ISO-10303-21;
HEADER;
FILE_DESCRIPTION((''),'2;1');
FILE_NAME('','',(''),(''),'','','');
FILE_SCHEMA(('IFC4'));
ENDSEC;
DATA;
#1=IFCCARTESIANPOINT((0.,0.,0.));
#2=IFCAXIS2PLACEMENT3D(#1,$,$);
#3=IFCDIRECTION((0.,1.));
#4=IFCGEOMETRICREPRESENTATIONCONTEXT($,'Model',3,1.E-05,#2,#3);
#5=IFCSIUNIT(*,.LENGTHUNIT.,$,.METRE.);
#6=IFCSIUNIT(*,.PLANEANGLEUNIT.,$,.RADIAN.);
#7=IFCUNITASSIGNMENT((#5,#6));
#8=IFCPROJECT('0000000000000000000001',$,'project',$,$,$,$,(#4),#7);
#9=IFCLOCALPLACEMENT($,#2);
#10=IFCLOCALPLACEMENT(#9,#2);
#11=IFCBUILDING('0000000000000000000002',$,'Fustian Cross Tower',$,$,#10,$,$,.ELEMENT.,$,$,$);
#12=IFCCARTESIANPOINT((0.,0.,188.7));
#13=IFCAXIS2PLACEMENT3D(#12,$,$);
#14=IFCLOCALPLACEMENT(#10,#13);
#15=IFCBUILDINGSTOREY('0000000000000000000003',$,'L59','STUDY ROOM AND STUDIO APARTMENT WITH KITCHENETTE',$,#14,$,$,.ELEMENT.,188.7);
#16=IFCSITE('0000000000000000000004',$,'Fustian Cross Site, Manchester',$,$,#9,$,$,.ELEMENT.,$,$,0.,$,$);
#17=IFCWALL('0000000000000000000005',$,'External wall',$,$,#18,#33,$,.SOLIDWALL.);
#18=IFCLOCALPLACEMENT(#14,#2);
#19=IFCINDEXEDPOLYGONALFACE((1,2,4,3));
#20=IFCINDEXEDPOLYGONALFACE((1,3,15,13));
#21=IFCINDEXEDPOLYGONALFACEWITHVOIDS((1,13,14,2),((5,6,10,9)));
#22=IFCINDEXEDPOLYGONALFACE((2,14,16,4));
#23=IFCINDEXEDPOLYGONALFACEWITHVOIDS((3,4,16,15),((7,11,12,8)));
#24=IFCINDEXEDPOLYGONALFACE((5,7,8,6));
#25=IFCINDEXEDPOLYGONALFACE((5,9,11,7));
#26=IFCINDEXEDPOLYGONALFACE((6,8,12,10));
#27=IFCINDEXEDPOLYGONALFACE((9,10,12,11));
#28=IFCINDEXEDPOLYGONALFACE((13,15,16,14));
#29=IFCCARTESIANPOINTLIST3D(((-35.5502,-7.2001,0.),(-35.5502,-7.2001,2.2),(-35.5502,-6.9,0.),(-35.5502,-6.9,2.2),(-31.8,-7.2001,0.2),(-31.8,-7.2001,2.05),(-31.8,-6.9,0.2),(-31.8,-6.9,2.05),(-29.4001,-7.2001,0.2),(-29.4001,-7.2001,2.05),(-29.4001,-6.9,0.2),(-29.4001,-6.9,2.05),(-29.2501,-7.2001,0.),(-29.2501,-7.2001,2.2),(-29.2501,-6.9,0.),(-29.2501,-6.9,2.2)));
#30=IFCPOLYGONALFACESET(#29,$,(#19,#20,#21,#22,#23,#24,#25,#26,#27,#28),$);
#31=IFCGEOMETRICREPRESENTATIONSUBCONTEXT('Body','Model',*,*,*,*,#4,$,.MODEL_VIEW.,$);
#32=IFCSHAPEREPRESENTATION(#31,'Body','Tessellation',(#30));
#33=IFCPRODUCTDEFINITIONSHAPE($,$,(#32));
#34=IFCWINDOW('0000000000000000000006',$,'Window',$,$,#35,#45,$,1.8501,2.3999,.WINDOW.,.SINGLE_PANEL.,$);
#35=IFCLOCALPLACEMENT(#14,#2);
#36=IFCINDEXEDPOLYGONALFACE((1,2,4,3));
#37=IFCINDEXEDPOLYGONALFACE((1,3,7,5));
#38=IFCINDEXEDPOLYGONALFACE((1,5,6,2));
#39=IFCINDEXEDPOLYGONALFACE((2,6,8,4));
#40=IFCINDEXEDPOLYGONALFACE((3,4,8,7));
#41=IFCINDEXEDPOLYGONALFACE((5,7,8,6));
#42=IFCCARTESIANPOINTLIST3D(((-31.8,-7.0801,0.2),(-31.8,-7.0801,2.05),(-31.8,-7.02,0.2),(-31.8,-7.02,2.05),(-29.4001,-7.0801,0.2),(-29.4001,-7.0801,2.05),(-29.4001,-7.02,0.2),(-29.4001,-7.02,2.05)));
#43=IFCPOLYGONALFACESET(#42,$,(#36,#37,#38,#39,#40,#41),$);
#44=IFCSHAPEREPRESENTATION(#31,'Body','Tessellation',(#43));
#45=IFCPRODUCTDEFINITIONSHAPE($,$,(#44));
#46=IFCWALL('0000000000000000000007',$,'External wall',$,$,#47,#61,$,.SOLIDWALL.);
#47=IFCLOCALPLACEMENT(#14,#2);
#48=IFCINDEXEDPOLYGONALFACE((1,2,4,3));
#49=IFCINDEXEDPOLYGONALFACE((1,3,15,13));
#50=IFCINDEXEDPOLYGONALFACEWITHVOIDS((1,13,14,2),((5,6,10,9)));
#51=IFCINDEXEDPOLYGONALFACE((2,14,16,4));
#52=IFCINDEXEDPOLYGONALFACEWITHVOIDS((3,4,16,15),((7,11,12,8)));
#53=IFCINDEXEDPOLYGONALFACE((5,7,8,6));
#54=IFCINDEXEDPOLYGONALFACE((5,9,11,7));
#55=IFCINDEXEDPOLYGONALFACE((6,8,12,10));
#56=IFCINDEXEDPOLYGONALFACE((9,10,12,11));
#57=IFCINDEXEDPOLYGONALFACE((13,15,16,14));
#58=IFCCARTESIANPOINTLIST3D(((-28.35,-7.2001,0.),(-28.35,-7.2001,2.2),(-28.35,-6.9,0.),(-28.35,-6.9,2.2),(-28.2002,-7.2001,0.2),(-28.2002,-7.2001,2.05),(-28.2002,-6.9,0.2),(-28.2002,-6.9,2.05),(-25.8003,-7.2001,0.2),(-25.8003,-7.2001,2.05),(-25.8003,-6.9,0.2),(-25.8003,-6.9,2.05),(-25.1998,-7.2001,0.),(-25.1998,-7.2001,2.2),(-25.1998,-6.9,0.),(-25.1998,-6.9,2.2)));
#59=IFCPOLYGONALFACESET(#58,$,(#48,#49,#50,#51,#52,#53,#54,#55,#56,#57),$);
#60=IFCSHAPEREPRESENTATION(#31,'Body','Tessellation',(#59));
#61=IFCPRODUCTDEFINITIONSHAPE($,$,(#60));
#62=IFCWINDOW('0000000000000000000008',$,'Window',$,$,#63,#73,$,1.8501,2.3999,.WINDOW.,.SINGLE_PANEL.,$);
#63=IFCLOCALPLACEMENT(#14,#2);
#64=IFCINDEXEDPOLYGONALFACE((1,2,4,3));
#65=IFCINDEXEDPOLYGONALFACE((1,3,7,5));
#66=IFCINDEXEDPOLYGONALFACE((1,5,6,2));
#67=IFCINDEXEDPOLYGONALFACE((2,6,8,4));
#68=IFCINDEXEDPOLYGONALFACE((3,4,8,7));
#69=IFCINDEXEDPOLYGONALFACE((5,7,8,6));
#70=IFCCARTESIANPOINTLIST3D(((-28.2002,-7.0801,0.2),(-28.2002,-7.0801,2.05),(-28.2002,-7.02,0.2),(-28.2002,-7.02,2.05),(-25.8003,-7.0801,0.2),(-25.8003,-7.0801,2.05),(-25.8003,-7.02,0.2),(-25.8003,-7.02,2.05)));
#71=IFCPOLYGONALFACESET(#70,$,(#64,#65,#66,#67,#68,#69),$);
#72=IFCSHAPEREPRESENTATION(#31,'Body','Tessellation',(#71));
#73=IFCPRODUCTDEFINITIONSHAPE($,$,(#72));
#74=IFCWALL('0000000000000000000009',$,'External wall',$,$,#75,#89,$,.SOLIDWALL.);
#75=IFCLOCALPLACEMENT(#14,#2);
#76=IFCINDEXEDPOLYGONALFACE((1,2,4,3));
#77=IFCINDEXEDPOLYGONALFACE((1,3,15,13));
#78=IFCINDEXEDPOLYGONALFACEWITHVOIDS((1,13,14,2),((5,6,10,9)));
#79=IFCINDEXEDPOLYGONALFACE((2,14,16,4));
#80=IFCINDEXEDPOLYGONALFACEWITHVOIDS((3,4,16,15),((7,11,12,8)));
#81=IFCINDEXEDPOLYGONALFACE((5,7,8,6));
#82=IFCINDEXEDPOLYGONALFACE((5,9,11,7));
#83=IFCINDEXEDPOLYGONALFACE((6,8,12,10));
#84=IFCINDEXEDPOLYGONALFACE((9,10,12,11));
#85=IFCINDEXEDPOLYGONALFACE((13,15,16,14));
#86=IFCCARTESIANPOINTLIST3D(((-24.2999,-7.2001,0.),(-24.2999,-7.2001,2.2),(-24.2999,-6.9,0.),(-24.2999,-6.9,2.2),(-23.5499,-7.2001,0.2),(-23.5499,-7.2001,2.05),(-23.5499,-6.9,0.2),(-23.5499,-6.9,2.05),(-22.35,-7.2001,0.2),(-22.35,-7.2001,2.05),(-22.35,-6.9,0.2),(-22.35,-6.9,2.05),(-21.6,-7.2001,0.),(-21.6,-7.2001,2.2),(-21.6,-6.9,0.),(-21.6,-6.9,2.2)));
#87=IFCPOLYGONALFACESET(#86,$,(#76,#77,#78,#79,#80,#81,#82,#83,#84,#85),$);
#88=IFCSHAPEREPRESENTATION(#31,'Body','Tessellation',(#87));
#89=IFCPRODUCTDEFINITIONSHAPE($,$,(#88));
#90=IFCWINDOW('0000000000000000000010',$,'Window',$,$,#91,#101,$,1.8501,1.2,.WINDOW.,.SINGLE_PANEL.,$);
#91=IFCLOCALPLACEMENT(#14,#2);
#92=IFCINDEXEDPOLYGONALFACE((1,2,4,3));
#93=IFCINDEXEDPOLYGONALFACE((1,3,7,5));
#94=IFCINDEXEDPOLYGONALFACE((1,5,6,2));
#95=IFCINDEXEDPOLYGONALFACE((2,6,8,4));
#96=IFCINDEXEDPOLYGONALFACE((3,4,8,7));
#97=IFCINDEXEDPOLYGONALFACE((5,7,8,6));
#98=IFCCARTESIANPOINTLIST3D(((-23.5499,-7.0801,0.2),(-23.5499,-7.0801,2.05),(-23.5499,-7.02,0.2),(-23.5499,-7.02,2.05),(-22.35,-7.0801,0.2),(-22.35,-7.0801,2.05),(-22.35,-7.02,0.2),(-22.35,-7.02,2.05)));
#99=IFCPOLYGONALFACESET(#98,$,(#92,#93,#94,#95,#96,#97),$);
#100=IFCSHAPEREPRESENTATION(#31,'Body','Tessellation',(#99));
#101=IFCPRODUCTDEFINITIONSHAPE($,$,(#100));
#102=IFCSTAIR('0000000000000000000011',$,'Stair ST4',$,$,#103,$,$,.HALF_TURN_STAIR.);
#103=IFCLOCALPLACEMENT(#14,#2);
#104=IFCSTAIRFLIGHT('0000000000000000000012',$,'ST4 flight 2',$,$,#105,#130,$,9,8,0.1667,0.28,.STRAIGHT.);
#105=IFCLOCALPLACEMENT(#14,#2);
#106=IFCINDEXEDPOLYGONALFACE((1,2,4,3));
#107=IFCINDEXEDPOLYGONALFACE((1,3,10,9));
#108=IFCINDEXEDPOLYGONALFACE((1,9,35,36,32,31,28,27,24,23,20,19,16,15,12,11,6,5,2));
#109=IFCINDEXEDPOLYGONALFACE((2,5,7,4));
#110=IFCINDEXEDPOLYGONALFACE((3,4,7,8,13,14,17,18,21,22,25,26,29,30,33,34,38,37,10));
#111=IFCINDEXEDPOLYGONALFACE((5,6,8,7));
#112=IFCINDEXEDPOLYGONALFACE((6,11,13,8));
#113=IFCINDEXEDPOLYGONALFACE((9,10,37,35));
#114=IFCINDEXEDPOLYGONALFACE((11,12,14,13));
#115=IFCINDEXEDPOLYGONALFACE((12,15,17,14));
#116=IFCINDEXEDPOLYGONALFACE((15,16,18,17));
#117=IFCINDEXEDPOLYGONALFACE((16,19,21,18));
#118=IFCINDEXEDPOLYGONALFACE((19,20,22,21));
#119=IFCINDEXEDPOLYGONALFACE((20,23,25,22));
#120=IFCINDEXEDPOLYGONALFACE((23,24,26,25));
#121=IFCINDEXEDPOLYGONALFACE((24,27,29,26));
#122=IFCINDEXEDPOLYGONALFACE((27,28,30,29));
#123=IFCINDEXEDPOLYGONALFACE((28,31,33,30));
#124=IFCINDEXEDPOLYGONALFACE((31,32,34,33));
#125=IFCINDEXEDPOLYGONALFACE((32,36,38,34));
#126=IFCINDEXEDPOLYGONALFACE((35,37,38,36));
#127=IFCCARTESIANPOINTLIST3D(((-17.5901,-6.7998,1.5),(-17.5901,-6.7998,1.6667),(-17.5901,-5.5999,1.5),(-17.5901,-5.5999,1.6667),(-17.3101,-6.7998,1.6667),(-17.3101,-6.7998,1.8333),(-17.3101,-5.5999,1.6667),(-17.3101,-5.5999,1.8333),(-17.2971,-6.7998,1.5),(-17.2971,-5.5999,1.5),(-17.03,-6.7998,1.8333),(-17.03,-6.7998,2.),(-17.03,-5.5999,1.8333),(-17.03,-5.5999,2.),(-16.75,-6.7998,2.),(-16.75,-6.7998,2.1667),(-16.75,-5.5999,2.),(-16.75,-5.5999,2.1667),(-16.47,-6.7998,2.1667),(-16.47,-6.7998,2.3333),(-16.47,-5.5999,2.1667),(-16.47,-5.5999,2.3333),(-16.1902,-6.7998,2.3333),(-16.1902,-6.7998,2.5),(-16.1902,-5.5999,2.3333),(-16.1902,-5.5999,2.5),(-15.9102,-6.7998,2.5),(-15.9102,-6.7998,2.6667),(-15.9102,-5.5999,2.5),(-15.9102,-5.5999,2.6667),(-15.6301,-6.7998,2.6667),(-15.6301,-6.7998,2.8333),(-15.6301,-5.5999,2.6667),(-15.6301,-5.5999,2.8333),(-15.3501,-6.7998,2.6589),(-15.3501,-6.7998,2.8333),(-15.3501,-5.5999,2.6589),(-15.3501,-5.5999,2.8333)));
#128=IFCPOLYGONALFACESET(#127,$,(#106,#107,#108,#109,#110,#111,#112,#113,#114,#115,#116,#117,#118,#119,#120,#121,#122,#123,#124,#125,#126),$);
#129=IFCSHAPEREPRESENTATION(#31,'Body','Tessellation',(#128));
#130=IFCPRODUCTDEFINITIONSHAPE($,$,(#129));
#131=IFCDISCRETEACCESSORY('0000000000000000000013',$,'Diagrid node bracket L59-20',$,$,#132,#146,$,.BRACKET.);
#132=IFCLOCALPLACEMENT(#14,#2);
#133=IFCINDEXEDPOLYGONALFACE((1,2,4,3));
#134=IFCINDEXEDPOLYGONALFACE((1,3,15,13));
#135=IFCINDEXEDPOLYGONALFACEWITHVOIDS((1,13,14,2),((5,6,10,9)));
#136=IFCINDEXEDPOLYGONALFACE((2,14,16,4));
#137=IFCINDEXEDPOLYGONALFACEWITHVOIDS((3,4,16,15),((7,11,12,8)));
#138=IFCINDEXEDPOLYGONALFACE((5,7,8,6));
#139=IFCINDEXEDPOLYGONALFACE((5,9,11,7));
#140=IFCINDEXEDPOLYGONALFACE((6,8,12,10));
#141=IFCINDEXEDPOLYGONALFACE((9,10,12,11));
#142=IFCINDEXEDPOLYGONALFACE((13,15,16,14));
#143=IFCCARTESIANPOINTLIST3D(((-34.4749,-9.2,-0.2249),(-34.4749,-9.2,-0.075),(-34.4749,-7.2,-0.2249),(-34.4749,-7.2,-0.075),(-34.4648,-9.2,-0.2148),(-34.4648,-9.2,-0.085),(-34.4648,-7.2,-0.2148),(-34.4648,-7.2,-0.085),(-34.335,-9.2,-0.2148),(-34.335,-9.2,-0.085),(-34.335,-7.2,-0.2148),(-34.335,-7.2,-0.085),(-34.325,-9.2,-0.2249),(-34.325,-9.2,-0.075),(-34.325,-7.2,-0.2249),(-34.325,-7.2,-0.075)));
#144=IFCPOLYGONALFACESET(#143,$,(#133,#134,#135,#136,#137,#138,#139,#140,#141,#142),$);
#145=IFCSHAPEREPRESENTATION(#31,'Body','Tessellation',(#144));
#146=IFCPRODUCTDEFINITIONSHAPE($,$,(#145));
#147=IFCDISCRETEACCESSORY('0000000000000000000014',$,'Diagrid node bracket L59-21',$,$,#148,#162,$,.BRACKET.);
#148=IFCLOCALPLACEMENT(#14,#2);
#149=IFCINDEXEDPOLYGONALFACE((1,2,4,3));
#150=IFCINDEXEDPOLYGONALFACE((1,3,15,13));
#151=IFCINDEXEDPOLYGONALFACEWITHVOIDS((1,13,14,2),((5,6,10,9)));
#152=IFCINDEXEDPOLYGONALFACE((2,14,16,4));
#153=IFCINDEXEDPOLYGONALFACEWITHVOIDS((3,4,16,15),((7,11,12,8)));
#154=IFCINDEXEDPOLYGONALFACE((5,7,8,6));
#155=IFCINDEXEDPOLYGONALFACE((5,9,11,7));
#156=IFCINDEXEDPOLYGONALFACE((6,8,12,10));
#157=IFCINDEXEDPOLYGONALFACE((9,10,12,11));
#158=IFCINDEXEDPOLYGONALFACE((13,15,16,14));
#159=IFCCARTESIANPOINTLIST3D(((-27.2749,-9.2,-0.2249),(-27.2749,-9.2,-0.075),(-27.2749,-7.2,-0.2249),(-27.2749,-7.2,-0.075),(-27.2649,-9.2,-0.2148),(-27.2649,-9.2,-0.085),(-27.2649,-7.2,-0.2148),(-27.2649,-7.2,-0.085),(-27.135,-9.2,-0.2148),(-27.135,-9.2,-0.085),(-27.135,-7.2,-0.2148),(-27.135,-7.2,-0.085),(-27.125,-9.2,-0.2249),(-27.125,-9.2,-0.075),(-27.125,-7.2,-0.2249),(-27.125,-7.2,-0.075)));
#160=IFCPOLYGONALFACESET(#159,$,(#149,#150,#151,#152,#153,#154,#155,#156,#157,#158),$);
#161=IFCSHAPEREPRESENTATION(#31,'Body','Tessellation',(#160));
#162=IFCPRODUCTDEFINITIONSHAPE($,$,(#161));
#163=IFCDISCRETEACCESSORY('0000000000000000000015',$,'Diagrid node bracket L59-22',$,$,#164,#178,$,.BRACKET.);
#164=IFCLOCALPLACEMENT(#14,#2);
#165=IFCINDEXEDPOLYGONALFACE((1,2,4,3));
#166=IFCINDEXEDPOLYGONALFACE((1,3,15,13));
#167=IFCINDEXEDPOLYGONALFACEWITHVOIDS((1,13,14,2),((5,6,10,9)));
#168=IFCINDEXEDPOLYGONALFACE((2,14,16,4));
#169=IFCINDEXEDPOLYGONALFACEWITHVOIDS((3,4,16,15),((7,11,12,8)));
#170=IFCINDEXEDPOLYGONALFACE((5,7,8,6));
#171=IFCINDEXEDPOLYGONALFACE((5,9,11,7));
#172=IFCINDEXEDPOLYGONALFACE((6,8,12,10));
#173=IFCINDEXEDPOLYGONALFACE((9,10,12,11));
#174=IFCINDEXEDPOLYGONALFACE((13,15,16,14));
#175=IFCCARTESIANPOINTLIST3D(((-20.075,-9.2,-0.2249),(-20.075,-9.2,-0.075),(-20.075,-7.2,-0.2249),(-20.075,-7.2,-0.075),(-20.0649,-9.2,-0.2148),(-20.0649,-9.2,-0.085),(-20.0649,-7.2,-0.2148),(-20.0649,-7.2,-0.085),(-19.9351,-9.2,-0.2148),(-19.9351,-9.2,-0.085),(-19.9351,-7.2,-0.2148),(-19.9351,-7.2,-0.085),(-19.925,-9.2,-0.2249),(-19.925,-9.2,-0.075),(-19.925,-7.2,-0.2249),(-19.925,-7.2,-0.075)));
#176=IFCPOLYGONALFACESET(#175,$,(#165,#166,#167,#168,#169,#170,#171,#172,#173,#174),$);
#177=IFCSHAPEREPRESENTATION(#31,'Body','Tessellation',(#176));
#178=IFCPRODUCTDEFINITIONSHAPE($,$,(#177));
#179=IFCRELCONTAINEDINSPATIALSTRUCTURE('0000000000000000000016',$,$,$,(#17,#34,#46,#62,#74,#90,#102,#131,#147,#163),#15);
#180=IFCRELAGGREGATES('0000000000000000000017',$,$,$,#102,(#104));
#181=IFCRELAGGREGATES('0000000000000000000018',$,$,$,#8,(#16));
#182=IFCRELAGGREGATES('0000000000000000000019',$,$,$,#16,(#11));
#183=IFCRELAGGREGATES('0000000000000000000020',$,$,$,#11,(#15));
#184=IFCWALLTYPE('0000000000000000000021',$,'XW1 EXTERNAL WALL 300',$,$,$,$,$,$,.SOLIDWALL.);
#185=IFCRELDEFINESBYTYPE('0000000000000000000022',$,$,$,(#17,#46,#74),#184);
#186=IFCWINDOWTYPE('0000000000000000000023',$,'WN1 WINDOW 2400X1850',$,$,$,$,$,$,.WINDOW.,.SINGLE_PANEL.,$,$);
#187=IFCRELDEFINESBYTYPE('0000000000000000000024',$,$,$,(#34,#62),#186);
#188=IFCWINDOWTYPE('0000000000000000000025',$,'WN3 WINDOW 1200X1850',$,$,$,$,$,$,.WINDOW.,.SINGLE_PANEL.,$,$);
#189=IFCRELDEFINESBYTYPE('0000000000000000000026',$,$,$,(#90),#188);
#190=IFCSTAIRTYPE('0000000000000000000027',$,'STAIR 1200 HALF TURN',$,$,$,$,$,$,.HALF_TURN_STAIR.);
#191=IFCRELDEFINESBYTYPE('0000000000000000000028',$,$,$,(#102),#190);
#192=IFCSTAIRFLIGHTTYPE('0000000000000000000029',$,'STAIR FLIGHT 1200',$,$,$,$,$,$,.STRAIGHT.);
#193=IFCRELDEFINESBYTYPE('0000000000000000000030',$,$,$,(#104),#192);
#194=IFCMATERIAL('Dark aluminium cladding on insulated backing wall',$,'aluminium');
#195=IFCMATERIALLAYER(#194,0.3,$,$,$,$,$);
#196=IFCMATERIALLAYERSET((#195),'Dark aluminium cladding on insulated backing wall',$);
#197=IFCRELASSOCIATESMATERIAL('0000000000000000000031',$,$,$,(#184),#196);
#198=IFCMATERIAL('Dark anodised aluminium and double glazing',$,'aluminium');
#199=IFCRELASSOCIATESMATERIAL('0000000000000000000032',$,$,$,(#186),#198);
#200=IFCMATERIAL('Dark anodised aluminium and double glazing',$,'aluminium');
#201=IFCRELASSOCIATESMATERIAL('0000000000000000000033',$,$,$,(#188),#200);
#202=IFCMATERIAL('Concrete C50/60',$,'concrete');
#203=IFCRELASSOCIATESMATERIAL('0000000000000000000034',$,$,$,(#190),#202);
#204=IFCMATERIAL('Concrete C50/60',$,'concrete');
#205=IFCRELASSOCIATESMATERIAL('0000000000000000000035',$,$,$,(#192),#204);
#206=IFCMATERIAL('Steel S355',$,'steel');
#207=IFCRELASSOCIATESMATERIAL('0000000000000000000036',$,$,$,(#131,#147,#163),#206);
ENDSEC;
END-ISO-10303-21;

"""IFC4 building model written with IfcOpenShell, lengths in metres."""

from ifc_helpers import new_model, si_unit, direction, frame, frame_2d, origin, origin_2d, place, context, subcontext, project, spatial, polyline, rectangle, hollow_rectangle, outline, extrude, material, layer, layer_set, type_object, element, fill, aggregate, save


model = new_model("IFC4")

# Units and contexts
model_context = context("Model", 3, precision=1e-05, world=origin(), true_north=direction((0.0, 1.0)))
body_context = subcontext(model_context, "Body", "Model", "MODEL_VIEW")
ifc_project = project(units=[si_unit("LENGTHUNIT", "METRE"), si_unit("PLANEANGLEUNIT", "RADIAN")], contexts=[model_context])

# Site, building, storey
site_placement = place(None, origin())
site = spatial("IfcSite", under=ifc_project, at=site_placement, Name="Fustian Cross Site, Manchester", CompositionType="ELEMENT", RefElevation=0.0)
building_placement = place(site_placement, origin())
building = spatial("IfcBuilding", under=site, at=building_placement, Name="Fustian Cross Tower", CompositionType="ELEMENT")
storey_placement = place(building_placement, frame((0.0, 0.0, 188.7)))
storey = spatial("IfcBuildingStorey", under=building, at=storey_placement, Name="L59", Description="STUDY ROOM AND STUDIO APARTMENT WITH KITCHENETTE", CompositionType="ELEMENT", Elevation=188.7)

# Walls, openings, windows
ifc_material_1 = material(Name="Dark aluminium cladding on insulated backing wall", Category="aluminium")
ifc_layer_1 = layer(ifc_material_1, 0.3)
ifc_layer_set_1 = layer_set([ifc_layer_1], Name="Dark aluminium cladding on insulated backing wall")
wall_type_1 = type_object("IfcWallType", Name="XW1 EXTERNAL WALL 300", PredefinedType="SOLIDWALL", material=ifc_layer_set_1)
wall_1_placement = place(storey_placement, frame((-35.55, -7.05, 0.0), z_axis=(0.0, 0.0, 1.0), x_axis=(1.0, 0.0, 0.0)))
wall_1 = element("IfcWall", 1, at=wall_1_placement, inside=storey, type_object=wall_type_1, Name="External wall", PredefinedType="SOLIDWALL", context=body_context, shape_type="SweptSolid", body=[
    extrude(rectangle(XDim=6.3, YDim=0.3, at=frame_2d((3.1499, 0.0))), origin(), (0.0, 0.0, 1.0), 2.2),
])
opening_1_placement = place(wall_1_placement, frame((3.75, 0.0, 0.2)))
opening_1 = element("IfcOpeningElement", 2, at=opening_1_placement, cuts=wall_1, PredefinedType="OPENING", context=body_context, shape_type="SweptSolid", body=[
    extrude(rectangle(XDim=2.3999, YDim=1.8501, at=frame_2d((1.2, 0.925))), frame((0.0, 0.1599, 0.0), z_axis=(0.0, -1.0, 0.0), x_axis=(1.0, 0.0, 0.0)), (0.0, 0.0, 1.0), 0.3201),
])
ifc_material_2 = material(Name="Dark anodised aluminium and double glazing", Category="aluminium")
window_type_1 = type_object("IfcWindowType", Name="WN1 WINDOW 2400X1850", PartitioningType="SINGLE_PANEL", PredefinedType="WINDOW", material=ifc_material_2)
window_1_placement = place(opening_1_placement, origin())
window_1 = element("IfcWindow", 3, at=window_1_placement, inside=storey, type_object=window_type_1, Name="Window", OverallHeight=1.8501, OverallWidth=2.3999, PartitioningType="SINGLE_PANEL", PredefinedType="WINDOW", context=body_context, shape_type="SweptSolid", body=[
    extrude(rectangle(XDim=2.3999, YDim=1.8501, at=frame_2d((1.2, 0.925))), frame((0.0, 0.03, 0.0), z_axis=(0.0, -1.0, 0.0), x_axis=(1.0, 0.0, 0.0)), (0.0, 0.0, 1.0), 0.0601),
])
fill(opening_1, window_1)
wall_2_placement = place(storey_placement, frame((-28.3501, -7.05, 0.0), z_axis=(0.0, 0.0, 1.0), x_axis=(1.0, 0.0, 0.0)))
wall_2 = element("IfcWall", 4, at=wall_2_placement, inside=storey, type_object=wall_type_1, Name="External wall", PredefinedType="SOLIDWALL", context=body_context, shape_type="SweptSolid", body=[
    extrude(rectangle(XDim=3.1501, YDim=0.3, at=frame_2d((1.5752, 0.0))), origin(), (0.0, 0.0, 1.0), 2.2),
])
opening_2_placement = place(wall_2_placement, frame((0.1499, 0.0, 0.2)))
opening_2 = element("IfcOpeningElement", 5, at=opening_2_placement, cuts=wall_2, PredefinedType="OPENING", context=body_context, shape_type="SweptSolid", body=[
    extrude(rectangle(XDim=2.3999, YDim=1.8501, at=frame_2d((1.2, 0.925))), frame((0.0, 0.1599, 0.0), z_axis=(0.0, -1.0, 0.0), x_axis=(1.0, 0.0, 0.0)), (0.0, 0.0, 1.0), 0.3201),
])
window_2_placement = place(opening_2_placement, origin())
window_2 = element("IfcWindow", 6, at=window_2_placement, inside=storey, type_object=window_type_1, Name="Window", OverallHeight=1.8501, OverallWidth=2.3999, PartitioningType="SINGLE_PANEL", PredefinedType="WINDOW", context=body_context, shape_type="SweptSolid", body=[
    extrude(rectangle(XDim=2.3999, YDim=1.8501, at=frame_2d((1.2, 0.925))), frame((0.0, 0.03, 0.0), z_axis=(0.0, -1.0, 0.0), x_axis=(1.0, 0.0, 0.0)), (0.0, 0.0, 1.0), 0.0601),
])
fill(opening_2, window_2)
wall_3_placement = place(storey_placement, frame((-24.3, -7.05, 0.0), z_axis=(0.0, 0.0, 1.0), x_axis=(1.0, 0.0, 0.0)))
wall_3 = element("IfcWall", 7, at=wall_3_placement, inside=storey, type_object=wall_type_1, Name="External wall", PredefinedType="SOLIDWALL", context=body_context, shape_type="SweptSolid", body=[
    extrude(rectangle(XDim=2.7, YDim=0.3, at=frame_2d((1.3501, 0.0))), origin(), (0.0, 0.0, 1.0), 2.2),
])
opening_3_placement = place(wall_3_placement, frame((0.75, 0.0, 0.2)))
opening_3 = element("IfcOpeningElement", 8, at=opening_3_placement, cuts=wall_3, PredefinedType="OPENING", context=body_context, shape_type="SweptSolid", body=[
    extrude(rectangle(XDim=1.2, YDim=1.8501, at=frame_2d((0.6001, 0.925))), frame((0.0, 0.1599, 0.0), z_axis=(0.0, -1.0, 0.0), x_axis=(1.0, 0.0, 0.0)), (0.0, 0.0, 1.0), 0.3201),
])
ifc_material_3 = material(Name="Dark anodised aluminium and double glazing", Category="aluminium")
window_type_2 = type_object("IfcWindowType", Name="WN3 WINDOW 1200X1850", PartitioningType="SINGLE_PANEL", PredefinedType="WINDOW", material=ifc_material_3)
window_3_placement = place(opening_3_placement, origin())
window_3 = element("IfcWindow", 9, at=window_3_placement, inside=storey, type_object=window_type_2, Name="Window", OverallHeight=1.8501, OverallWidth=1.2, PartitioningType="SINGLE_PANEL", PredefinedType="WINDOW", context=body_context, shape_type="SweptSolid", body=[
    extrude(rectangle(XDim=1.2, YDim=1.8501, at=frame_2d((0.6001, 0.925))), frame((0.0, 0.03, 0.0), z_axis=(0.0, -1.0, 0.0), x_axis=(1.0, 0.0, 0.0)), (0.0, 0.0, 1.0), 0.0601),
])
fill(opening_3, window_3)

# Stair, stair flight
ifc_material_4 = material(Name="Concrete C50/60", Category="concrete")
stair_type = type_object("IfcStairType", Name="STAIR 1200 HALF TURN", PredefinedType="HALF_TURN_STAIR", material=ifc_material_4)
stair_placement = place(storey_placement, origin())
stair = element("IfcStair", 10, at=stair_placement, inside=storey, type_object=stair_type, Name="Stair ST4", PredefinedType="HALF_TURN_STAIR")
ifc_material_5 = material(Name="Concrete C50/60", Category="concrete")
stair_flight_type = type_object("IfcStairFlightType", Name="STAIR FLIGHT 1200", PredefinedType="STRAIGHT", material=ifc_material_5)
stair_flight_placement = place(storey_placement, frame((-17.5901, -6.2, 1.5), z_axis=(0.0, 0.0, 1.0), x_axis=(1.0, 0.0, 0.0)))
stair_flight = element("IfcStairFlight", 11, at=stair_flight_placement, type_object=stair_flight_type, Name="ST4 flight 2", NumberOfRisers=9, NumberOfTreads=8, PredefinedType="STRAIGHT", RiserHeight=0.1667, TreadLength=0.28, context=body_context, shape_type="SweptSolid", body=[
    extrude(outline(polyline([(0.0, 0.0), (0.0, 0.1667), (0.28, 0.1667), (0.28, 0.3333), (0.5601, 0.3333), (0.5601, 0.5), (0.8401, 0.5), (0.8401, 0.6667), (1.1201, 0.6667), (1.1201, 0.8333), (1.3999, 0.8333), (1.3999, 1.0), (1.6799, 1.0), (1.6799, 1.1667), (1.96, 1.1667), (1.96, 1.3333), (2.24, 1.3333), (2.24, 1.5), (2.24, 1.1589), (0.293, 0.0), (0.0, 0.0)])), frame((0.0, 0.6001, 0.0), z_axis=(0.0, -1.0, 0.0), x_axis=(1.0, 0.0, 0.0)), (0.0, 0.0, 1.0), 1.2),
])
aggregate(stair, [stair_flight])

# Discrete accessories
ifc_material_6 = material(Name="Steel S355", Category="steel")
for number, where, z_axis, x_axis, name in (
    (12, (-34.3999, -9.2, -0.1499), (0.0, 1.0, 0.0), (-1.0, 0.0, 0.0), "Diagrid node bracket L59-20"),
    (13, (-27.2, -9.2, -0.1499), (0.0, 1.0, 0.0), (-1.0, 0.0, 0.0), "Diagrid node bracket L59-21"),
    (14, (-20.0, -9.2, -0.1499), (0.0, 1.0, 0.0), (-1.0, 0.0, 0.0), "Diagrid node bracket L59-22"),
):
    element("IfcDiscreteAccessory", number, at=place(storey_placement, frame(where, z_axis=z_axis, x_axis=x_axis)), inside=storey, material=ifc_material_6, Name=name, PredefinedType="BRACKET", context=body_context, shape_type="SweptSolid", body=[
        extrude(hollow_rectangle(XDim=0.1499, YDim=0.1499, WallThickness=0.01, at=origin_2d()), origin(), (0.0, 0.0, 1.0), 2.0),
    ])

save(model, "model.ifc")
